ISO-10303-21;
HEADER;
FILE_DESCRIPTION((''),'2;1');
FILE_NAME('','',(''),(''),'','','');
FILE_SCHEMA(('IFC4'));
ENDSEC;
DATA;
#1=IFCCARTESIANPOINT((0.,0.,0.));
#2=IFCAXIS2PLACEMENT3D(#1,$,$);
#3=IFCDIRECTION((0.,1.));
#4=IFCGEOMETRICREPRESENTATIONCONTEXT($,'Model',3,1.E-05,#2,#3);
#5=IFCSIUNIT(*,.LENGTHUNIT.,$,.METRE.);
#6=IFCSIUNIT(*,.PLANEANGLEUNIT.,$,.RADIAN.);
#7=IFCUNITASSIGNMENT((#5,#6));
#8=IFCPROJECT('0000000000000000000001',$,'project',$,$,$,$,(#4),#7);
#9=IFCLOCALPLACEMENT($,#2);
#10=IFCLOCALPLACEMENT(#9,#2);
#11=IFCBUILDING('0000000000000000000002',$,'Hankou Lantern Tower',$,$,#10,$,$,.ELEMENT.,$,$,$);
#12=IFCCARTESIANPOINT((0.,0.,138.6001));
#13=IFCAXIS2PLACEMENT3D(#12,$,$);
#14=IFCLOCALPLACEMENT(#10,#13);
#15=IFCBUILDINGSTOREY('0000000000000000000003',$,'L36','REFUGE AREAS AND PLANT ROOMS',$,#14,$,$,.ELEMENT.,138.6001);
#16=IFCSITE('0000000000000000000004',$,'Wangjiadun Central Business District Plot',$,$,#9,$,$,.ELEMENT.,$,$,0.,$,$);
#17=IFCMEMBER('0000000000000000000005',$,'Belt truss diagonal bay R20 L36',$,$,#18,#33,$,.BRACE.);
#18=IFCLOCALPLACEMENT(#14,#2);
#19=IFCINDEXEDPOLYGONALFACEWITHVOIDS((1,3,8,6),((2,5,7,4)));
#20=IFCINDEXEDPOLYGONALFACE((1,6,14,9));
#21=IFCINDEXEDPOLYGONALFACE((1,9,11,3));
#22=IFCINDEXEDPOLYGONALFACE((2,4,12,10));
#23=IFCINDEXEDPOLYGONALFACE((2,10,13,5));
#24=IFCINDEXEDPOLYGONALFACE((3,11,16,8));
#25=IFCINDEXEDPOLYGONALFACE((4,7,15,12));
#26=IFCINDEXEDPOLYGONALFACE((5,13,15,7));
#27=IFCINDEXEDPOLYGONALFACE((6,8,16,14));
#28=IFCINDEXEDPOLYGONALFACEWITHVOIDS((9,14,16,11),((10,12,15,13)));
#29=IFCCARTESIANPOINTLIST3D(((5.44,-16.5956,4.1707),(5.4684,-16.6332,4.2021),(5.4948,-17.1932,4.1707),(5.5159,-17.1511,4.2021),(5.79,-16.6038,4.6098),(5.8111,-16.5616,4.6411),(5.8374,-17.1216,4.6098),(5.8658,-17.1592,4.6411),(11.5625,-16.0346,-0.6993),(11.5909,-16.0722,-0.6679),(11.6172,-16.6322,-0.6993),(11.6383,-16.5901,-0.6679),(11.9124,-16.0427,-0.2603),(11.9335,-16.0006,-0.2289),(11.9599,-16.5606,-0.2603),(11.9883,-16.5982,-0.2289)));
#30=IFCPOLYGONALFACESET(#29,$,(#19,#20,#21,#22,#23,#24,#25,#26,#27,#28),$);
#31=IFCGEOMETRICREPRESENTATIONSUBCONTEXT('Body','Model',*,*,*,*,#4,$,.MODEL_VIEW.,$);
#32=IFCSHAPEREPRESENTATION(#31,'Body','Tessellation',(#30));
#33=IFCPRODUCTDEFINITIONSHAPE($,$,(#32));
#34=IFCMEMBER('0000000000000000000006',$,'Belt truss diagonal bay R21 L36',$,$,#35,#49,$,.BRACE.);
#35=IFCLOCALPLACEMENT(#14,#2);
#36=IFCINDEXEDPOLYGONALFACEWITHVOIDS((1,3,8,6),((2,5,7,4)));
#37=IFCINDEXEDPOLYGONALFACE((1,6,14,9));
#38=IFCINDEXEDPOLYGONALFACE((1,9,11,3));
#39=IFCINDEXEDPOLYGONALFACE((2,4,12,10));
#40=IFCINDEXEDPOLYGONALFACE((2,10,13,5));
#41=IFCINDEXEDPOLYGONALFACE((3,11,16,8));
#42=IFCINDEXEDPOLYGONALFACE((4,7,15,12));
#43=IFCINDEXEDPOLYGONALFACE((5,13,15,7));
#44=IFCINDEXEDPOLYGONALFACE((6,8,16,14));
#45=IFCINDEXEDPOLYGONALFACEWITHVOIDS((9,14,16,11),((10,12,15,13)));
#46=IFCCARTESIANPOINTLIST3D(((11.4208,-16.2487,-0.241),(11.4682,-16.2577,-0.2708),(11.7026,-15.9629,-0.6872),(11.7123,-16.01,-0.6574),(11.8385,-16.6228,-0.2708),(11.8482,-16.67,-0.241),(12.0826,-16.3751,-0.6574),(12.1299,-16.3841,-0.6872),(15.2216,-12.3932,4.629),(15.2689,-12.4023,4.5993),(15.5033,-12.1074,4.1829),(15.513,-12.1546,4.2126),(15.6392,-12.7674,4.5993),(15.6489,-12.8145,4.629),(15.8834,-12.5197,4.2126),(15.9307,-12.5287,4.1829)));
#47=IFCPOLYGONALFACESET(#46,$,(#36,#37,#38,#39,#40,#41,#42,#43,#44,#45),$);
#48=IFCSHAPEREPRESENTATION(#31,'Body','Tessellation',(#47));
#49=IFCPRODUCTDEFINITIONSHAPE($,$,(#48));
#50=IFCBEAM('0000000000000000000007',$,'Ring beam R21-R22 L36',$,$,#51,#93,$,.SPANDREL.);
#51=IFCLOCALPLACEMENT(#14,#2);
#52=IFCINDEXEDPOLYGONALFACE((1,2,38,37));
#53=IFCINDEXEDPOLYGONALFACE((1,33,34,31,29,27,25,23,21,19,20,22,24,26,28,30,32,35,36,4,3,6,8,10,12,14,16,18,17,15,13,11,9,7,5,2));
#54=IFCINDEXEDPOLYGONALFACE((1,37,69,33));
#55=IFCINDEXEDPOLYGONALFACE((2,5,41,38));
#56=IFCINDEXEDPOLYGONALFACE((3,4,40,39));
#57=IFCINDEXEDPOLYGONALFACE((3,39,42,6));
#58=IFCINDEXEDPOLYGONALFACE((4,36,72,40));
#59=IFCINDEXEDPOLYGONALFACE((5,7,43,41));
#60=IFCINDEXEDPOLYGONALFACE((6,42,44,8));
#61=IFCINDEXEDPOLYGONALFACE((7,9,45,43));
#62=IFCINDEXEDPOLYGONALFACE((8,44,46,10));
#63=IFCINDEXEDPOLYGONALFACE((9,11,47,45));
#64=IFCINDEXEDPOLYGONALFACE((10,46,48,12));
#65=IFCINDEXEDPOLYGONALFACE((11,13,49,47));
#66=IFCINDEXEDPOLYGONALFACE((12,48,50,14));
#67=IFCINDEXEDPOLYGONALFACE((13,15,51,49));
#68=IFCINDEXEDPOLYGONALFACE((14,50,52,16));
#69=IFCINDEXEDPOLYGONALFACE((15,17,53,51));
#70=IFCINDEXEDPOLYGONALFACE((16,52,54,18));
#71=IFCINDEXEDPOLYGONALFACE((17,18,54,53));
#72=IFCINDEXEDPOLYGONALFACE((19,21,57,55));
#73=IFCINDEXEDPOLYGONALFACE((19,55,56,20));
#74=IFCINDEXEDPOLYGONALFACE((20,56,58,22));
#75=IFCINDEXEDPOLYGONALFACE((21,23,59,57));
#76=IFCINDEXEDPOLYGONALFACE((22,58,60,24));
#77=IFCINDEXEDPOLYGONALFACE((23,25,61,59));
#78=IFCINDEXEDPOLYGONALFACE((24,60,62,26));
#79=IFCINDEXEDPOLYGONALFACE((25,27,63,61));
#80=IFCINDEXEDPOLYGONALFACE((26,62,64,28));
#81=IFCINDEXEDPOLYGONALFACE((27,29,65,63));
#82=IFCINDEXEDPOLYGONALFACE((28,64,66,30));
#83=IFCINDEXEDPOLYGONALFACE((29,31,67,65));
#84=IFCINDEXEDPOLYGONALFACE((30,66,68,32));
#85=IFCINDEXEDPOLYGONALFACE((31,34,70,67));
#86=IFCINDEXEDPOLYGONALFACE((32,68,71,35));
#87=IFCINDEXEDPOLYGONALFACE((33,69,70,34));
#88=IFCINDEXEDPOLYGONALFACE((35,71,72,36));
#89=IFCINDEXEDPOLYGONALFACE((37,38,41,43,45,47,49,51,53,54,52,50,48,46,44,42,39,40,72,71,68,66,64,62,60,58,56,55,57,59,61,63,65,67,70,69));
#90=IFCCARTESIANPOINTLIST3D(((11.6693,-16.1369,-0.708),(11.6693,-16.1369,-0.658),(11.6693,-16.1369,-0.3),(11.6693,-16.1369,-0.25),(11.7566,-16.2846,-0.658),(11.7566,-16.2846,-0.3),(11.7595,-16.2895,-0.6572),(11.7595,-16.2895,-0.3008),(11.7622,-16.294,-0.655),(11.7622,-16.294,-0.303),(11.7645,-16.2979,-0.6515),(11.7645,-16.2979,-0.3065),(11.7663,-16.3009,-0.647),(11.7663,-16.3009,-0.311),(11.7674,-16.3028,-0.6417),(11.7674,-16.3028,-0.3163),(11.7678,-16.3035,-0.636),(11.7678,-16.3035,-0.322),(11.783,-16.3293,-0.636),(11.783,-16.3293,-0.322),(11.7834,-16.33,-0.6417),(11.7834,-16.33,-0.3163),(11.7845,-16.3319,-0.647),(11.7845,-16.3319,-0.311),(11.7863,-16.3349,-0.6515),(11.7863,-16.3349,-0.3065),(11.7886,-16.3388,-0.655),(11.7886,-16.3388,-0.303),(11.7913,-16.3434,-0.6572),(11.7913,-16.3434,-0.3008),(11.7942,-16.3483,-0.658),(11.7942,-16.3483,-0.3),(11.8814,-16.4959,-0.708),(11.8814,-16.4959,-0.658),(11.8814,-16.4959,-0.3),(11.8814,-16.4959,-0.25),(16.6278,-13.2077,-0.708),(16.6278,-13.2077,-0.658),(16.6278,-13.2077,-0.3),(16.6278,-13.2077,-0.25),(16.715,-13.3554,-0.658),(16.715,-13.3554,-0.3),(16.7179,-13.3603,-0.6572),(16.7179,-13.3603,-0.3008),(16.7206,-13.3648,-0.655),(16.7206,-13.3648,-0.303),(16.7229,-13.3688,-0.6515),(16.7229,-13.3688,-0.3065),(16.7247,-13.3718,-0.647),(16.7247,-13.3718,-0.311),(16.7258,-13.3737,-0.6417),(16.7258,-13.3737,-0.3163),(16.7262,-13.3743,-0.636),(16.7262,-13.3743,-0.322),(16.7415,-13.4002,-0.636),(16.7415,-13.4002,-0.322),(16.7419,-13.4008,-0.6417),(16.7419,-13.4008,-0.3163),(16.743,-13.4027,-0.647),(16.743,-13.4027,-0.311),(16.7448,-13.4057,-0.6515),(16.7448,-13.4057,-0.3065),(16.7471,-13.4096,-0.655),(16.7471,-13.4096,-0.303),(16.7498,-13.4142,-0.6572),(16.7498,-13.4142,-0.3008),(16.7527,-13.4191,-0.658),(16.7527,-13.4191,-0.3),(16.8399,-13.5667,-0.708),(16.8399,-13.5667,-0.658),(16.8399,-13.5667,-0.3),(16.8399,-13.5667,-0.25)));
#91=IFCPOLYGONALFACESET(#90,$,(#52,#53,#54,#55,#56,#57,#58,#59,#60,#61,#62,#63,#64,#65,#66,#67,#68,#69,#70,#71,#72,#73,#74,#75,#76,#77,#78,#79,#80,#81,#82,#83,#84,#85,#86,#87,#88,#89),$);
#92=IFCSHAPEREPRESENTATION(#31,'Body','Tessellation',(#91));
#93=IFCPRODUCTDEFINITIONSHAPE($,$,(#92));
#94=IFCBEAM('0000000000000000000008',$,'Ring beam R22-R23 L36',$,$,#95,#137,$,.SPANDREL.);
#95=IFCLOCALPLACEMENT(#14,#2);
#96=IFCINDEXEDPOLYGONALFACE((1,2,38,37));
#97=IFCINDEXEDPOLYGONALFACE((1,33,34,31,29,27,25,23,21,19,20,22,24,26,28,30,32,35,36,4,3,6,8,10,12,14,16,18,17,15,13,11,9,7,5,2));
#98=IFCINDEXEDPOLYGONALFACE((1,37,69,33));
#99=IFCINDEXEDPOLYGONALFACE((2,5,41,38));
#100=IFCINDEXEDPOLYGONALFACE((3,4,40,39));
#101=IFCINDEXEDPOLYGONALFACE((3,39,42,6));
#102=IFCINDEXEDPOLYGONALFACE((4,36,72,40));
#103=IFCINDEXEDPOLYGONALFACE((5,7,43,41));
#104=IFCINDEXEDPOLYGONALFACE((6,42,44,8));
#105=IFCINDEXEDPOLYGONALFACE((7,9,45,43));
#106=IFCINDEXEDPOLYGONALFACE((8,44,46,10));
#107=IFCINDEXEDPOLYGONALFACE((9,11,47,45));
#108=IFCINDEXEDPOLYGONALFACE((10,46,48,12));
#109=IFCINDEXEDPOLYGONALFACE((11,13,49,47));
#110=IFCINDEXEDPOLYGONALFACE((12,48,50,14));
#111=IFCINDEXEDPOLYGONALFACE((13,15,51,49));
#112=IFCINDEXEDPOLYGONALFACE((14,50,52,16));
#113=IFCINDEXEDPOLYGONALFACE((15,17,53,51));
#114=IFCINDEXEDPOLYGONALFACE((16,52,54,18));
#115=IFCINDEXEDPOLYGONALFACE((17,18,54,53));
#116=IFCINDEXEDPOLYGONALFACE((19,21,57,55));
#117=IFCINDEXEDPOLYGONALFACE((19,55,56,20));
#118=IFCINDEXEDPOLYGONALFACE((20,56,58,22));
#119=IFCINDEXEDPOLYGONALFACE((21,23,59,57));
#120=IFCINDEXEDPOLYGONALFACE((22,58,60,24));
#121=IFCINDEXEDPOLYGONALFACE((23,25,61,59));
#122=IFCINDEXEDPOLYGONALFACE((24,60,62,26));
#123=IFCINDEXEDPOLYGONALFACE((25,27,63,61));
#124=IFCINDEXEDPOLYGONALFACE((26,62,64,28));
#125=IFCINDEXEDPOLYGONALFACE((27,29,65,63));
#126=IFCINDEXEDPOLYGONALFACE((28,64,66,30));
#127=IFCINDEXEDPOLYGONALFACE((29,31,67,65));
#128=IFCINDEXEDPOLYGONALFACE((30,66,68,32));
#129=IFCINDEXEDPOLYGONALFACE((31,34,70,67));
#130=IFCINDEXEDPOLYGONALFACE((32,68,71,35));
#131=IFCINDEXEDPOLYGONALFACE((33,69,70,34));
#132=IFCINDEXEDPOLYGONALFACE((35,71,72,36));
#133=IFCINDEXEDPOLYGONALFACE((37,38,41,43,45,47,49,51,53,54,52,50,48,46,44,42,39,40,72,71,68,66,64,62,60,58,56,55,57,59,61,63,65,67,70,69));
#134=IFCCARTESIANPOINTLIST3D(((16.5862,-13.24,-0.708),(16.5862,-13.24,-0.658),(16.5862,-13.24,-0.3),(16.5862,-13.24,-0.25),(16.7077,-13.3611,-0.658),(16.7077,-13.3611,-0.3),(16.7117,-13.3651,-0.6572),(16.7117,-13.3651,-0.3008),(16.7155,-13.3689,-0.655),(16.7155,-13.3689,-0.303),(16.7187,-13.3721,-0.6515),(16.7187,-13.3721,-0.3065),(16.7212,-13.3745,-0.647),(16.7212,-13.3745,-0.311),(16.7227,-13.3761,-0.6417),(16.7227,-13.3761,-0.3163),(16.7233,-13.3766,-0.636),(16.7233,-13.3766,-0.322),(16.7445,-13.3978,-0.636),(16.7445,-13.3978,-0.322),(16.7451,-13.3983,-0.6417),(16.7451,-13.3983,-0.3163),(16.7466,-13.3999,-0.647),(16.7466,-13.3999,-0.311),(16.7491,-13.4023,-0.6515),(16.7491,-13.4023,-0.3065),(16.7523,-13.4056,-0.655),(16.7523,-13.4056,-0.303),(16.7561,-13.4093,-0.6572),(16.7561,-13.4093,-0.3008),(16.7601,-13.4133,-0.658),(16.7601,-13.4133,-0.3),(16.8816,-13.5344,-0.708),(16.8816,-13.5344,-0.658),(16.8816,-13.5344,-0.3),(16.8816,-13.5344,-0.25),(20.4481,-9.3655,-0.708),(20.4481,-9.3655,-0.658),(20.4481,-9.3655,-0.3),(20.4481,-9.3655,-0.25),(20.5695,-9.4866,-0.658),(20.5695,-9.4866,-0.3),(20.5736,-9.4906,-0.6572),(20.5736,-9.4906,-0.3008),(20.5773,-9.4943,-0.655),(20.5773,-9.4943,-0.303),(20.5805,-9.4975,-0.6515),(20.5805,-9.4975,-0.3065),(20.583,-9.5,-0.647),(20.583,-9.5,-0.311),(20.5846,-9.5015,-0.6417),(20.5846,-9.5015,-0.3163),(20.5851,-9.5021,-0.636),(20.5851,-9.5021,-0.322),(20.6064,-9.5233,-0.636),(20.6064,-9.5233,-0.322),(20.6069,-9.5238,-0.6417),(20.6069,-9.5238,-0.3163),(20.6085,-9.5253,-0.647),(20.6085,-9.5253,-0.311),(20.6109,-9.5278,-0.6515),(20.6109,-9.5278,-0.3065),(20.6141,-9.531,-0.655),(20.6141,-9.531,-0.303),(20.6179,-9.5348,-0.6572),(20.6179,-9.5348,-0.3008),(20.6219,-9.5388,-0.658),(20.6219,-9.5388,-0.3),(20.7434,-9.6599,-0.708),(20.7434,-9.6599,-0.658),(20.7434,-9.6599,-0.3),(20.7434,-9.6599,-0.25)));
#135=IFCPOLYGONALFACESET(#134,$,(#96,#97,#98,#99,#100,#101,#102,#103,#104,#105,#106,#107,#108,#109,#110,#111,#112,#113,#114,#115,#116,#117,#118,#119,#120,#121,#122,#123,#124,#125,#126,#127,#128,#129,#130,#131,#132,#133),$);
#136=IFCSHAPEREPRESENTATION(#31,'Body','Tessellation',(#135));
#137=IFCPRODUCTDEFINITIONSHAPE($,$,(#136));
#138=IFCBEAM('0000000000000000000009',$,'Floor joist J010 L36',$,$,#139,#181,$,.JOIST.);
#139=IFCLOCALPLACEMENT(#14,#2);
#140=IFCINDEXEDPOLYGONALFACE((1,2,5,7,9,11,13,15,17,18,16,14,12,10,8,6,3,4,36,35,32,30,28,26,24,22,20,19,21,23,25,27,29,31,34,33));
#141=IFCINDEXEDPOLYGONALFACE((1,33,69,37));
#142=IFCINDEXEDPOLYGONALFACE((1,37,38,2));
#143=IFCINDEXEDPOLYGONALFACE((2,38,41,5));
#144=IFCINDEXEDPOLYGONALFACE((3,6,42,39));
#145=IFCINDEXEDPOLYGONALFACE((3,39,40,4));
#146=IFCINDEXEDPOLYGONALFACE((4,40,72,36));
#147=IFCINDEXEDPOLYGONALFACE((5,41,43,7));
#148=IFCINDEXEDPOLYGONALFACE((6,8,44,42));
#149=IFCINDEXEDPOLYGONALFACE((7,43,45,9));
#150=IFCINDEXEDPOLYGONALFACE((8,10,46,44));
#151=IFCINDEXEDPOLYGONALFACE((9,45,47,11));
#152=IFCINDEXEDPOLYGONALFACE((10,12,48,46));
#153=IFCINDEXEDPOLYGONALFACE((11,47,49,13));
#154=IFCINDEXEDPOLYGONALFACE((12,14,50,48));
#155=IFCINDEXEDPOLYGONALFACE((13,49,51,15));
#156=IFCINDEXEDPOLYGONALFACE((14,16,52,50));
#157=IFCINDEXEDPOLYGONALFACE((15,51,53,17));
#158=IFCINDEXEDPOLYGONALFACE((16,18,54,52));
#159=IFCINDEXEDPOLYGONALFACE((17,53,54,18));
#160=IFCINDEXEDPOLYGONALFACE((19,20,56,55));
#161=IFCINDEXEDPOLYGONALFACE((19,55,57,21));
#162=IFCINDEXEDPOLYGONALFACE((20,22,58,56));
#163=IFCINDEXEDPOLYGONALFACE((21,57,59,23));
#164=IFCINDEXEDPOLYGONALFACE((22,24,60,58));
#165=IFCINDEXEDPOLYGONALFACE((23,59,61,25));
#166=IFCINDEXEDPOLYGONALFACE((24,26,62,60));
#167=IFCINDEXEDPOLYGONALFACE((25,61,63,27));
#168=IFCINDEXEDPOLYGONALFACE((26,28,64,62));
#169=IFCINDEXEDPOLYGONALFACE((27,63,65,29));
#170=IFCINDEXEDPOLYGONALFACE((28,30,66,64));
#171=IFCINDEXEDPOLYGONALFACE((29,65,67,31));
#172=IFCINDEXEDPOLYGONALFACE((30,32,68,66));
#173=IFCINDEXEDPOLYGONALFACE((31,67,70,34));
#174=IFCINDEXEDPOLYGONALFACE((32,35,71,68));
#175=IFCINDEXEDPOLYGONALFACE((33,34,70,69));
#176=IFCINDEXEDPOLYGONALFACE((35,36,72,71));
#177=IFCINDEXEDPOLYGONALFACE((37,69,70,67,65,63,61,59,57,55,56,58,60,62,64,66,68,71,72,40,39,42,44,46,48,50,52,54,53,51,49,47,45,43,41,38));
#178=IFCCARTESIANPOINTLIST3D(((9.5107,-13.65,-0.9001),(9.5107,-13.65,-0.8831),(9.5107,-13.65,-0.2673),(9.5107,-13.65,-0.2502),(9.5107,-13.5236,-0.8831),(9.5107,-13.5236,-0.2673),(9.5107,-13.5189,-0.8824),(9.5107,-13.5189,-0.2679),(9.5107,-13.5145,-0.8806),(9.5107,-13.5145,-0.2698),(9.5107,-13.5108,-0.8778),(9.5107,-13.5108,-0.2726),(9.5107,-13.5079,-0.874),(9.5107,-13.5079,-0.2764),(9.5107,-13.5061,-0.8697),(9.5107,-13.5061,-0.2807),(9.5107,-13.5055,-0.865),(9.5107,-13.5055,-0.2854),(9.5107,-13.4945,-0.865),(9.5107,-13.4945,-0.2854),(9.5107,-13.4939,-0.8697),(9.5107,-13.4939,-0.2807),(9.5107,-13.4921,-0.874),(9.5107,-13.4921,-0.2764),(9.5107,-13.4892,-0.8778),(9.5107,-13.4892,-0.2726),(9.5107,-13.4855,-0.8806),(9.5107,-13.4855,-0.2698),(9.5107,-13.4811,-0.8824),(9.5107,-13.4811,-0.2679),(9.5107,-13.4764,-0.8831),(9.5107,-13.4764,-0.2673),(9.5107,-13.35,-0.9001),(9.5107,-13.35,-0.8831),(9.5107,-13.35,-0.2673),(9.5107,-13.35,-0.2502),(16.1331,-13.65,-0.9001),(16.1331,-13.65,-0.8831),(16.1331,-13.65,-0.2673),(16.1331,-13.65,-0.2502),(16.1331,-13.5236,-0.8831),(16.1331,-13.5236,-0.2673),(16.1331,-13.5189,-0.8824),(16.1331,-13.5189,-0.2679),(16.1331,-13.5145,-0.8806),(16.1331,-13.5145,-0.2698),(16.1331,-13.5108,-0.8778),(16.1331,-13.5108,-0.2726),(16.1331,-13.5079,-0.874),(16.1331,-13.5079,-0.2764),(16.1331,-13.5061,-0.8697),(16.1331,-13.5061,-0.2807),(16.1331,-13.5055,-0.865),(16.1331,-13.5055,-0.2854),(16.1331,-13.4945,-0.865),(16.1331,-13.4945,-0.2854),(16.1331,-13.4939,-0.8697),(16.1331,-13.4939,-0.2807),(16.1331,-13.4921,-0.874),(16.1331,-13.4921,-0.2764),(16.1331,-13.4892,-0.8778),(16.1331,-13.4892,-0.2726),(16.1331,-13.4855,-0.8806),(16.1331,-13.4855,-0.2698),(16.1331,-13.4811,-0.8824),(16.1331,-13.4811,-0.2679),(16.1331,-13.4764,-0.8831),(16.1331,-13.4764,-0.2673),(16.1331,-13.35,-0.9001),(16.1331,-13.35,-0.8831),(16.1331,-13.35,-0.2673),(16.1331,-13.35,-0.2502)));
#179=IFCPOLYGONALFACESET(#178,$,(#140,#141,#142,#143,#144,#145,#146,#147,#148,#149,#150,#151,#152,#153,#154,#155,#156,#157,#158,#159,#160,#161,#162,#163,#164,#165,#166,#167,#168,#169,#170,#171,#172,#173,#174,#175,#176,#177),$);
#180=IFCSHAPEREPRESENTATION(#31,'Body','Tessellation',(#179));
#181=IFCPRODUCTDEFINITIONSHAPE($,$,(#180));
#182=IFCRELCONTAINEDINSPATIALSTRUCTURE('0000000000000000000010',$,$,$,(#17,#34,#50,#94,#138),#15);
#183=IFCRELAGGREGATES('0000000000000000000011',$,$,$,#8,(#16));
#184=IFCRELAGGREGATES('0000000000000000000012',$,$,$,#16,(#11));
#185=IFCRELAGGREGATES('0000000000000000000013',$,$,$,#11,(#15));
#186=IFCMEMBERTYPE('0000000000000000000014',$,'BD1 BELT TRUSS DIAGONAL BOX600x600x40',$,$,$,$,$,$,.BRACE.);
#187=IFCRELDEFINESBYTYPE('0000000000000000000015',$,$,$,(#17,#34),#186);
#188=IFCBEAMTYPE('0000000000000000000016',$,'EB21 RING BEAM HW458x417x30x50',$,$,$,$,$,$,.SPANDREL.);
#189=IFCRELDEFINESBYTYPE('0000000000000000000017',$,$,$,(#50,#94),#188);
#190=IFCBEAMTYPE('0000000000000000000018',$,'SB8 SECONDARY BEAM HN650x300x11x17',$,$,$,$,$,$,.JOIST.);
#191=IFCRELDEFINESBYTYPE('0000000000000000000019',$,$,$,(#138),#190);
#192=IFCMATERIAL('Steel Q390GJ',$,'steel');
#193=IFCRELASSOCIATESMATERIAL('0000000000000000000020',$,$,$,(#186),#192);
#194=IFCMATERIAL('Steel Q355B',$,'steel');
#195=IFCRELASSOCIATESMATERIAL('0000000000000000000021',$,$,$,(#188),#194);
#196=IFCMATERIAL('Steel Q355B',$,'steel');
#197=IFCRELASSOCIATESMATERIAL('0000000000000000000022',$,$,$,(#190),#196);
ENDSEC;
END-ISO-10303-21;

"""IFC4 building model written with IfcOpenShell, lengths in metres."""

from ifc_helpers import new_model, si_unit, direction, frame, origin, origin_2d, place, context, subcontext, project, spatial, hollow_rectangle, i_section, extrude, material, material_profile, profile_set, type_object, element, save


model = new_model("IFC4")

# Units and contexts
model_context = context("Model", 3, precision=1e-05, world=origin(), true_north=direction((0.0, 1.0)))
body_context = subcontext(model_context, "Body", "Model", "MODEL_VIEW")
ifc_project = project(units=[si_unit("LENGTHUNIT", "METRE"), si_unit("PLANEANGLEUNIT", "RADIAN")], contexts=[model_context])

# Site, building, storey
site_placement = place(None, origin())
site = spatial("IfcSite", under=ifc_project, at=site_placement, Name="Wangjiadun Central Business District Plot", CompositionType="ELEMENT", RefElevation=0.0)
building_placement = place(site_placement, origin())
building = spatial("IfcBuilding", under=site, at=building_placement, Name="Hankou Lantern Tower", CompositionType="ELEMENT")
storey_placement = place(building_placement, frame((0.0, 0.0, 138.6001)))
storey = spatial("IfcBuildingStorey", under=building, at=storey_placement, Name="L36", Description="REFUGE AREAS AND PLANT ROOMS", CompositionType="ELEMENT", Elevation=138.6001)

# Members
ifc_material_1 = material(Name="Steel Q390GJ", Category="steel")
ifc_material_profile_1 = material_profile(ifc_material_1, hollow_rectangle(XDim=0.6001, YDim=0.6001, WallThickness=0.04, at=origin_2d()), Name="BOX600x600x40")
ifc_profile_set_1 = profile_set([ifc_material_profile_1], Name="Steel Q390GJ")
member_type = type_object("IfcMemberType", Name="BD1 BELT TRUSS DIAGONAL BOX600x600x40", PredefinedType="BRACE", material=ifc_profile_set_1)
member_1_placement = place(storey_placement, frame((11.7754, -16.3164, -0.4641), z_axis=(-0.780603, -0.07153, 0.620921), x_axis=(0.091252, -0.995828, 0.0)))
element("IfcMember", 1, at=member_1_placement, inside=storey, type_object=member_type, Name="Belt truss diagonal bay R20 L36", PredefinedType="BRACE", context=body_context, shape_type="SweptSolid", body=[
    extrude(hollow_rectangle(XDim=0.6001, YDim=0.6001, WallThickness=0.04, at=origin_2d()), origin(), (0.0, 0.0, 1.0), 7.8433),
])
member_2_placement = place(storey_placement, frame((11.7754, -16.3164, -0.4641), z_axis=(0.521937, 0.529446, 0.668782), x_axis=(-0.712139, 0.702038, 0.0)))
element("IfcMember", 2, at=member_2_placement, inside=storey, type_object=member_type, Name="Belt truss diagonal bay R21 L36", PredefinedType="BRACE", context=body_context, shape_type="SweptSolid", body=[
    extrude(hollow_rectangle(XDim=0.6001, YDim=0.6001, WallThickness=0.04, at=origin_2d()), origin(), (0.0, 0.0, 1.0), 7.282),
])

# Beams
ifc_material_2 = material(Name="Steel Q355B", Category="steel")
ifc_material_profile_2 = material_profile(ifc_material_2, i_section(OverallWidth=0.417, OverallDepth=0.458, WebThickness=0.03, FlangeThickness=0.05, FilletRadius=0.022, at=origin_2d()), Name="HW458x417x30x50")
ifc_profile_set_2 = profile_set([ifc_material_profile_2], Name="Steel Q355B")
beam_type_1 = type_object("IfcBeamType", Name="EB21 RING BEAM HW458x417x30x50", PredefinedType="SPANDREL", material=ifc_profile_set_2)
beam_1_placement = place(storey_placement, frame((11.7754, -16.3164, -0.479), z_axis=(0.860989, 0.508624, 0.0), x_axis=(-0.508624, 0.860989, 0.0)))
element("IfcBeam", 3, at=beam_1_placement, inside=storey, type_object=beam_type_1, Name="Ring beam R21-R22 L36", PredefinedType="SPANDREL", context=body_context, shape_type="SweptSolid", body=[
    extrude(i_section(OverallWidth=0.417, OverallDepth=0.458, WebThickness=0.03, FlangeThickness=0.05, FilletRadius=0.022, at=origin_2d()), origin(), (0.0, 0.0, 1.0), 5.759),
])
beam_2_placement = place(storey_placement, frame((16.7339, -13.3872, -0.479), z_axis=(0.705945, 0.708266, 0.0), x_axis=(-0.708266, 0.705945, 0.0)))
element("IfcBeam", 4, at=beam_2_placement, inside=storey, type_object=beam_type_1, Name="Ring beam R22-R23 L36", PredefinedType="SPANDREL", context=body_context, shape_type="SweptSolid", body=[
    extrude(i_section(OverallWidth=0.417, OverallDepth=0.458, WebThickness=0.03, FlangeThickness=0.05, FilletRadius=0.022, at=origin_2d()), origin(), (0.0, 0.0, 1.0), 5.4705),
])
ifc_material_3 = material(Name="Steel Q355B", Category="steel")
ifc_material_profile_3 = material_profile(ifc_material_3, i_section(OverallWidth=0.3, OverallDepth=0.6499, WebThickness=0.011, FlangeThickness=0.0171, FilletRadius=0.0181, at=origin_2d()), Name="HN650x300x11x17")
ifc_profile_set_3 = profile_set([ifc_material_profile_3], Name="Steel Q355B")
beam_type_2 = type_object("IfcBeamType", Name="SB8 SECONDARY BEAM HN650x300x11x17", PredefinedType="JOIST", material=ifc_profile_set_3)
beam_3_placement = place(storey_placement, frame((9.5107, -13.5, -0.5752), z_axis=(1.0, 0.0, 0.0), x_axis=(0.0, 1.0, 0.0)))
element("IfcBeam", 5, at=beam_3_placement, inside=storey, type_object=beam_type_2, Name="Floor joist J010 L36", PredefinedType="JOIST", context=body_context, shape_type="SweptSolid", body=[
    extrude(i_section(OverallWidth=0.3, OverallDepth=0.6499, WebThickness=0.011, FlangeThickness=0.0171, FilletRadius=0.0181, at=origin_2d()), origin(), (0.0, 0.0, 1.0), 6.6223),
])

save(model, "model.ifc")
